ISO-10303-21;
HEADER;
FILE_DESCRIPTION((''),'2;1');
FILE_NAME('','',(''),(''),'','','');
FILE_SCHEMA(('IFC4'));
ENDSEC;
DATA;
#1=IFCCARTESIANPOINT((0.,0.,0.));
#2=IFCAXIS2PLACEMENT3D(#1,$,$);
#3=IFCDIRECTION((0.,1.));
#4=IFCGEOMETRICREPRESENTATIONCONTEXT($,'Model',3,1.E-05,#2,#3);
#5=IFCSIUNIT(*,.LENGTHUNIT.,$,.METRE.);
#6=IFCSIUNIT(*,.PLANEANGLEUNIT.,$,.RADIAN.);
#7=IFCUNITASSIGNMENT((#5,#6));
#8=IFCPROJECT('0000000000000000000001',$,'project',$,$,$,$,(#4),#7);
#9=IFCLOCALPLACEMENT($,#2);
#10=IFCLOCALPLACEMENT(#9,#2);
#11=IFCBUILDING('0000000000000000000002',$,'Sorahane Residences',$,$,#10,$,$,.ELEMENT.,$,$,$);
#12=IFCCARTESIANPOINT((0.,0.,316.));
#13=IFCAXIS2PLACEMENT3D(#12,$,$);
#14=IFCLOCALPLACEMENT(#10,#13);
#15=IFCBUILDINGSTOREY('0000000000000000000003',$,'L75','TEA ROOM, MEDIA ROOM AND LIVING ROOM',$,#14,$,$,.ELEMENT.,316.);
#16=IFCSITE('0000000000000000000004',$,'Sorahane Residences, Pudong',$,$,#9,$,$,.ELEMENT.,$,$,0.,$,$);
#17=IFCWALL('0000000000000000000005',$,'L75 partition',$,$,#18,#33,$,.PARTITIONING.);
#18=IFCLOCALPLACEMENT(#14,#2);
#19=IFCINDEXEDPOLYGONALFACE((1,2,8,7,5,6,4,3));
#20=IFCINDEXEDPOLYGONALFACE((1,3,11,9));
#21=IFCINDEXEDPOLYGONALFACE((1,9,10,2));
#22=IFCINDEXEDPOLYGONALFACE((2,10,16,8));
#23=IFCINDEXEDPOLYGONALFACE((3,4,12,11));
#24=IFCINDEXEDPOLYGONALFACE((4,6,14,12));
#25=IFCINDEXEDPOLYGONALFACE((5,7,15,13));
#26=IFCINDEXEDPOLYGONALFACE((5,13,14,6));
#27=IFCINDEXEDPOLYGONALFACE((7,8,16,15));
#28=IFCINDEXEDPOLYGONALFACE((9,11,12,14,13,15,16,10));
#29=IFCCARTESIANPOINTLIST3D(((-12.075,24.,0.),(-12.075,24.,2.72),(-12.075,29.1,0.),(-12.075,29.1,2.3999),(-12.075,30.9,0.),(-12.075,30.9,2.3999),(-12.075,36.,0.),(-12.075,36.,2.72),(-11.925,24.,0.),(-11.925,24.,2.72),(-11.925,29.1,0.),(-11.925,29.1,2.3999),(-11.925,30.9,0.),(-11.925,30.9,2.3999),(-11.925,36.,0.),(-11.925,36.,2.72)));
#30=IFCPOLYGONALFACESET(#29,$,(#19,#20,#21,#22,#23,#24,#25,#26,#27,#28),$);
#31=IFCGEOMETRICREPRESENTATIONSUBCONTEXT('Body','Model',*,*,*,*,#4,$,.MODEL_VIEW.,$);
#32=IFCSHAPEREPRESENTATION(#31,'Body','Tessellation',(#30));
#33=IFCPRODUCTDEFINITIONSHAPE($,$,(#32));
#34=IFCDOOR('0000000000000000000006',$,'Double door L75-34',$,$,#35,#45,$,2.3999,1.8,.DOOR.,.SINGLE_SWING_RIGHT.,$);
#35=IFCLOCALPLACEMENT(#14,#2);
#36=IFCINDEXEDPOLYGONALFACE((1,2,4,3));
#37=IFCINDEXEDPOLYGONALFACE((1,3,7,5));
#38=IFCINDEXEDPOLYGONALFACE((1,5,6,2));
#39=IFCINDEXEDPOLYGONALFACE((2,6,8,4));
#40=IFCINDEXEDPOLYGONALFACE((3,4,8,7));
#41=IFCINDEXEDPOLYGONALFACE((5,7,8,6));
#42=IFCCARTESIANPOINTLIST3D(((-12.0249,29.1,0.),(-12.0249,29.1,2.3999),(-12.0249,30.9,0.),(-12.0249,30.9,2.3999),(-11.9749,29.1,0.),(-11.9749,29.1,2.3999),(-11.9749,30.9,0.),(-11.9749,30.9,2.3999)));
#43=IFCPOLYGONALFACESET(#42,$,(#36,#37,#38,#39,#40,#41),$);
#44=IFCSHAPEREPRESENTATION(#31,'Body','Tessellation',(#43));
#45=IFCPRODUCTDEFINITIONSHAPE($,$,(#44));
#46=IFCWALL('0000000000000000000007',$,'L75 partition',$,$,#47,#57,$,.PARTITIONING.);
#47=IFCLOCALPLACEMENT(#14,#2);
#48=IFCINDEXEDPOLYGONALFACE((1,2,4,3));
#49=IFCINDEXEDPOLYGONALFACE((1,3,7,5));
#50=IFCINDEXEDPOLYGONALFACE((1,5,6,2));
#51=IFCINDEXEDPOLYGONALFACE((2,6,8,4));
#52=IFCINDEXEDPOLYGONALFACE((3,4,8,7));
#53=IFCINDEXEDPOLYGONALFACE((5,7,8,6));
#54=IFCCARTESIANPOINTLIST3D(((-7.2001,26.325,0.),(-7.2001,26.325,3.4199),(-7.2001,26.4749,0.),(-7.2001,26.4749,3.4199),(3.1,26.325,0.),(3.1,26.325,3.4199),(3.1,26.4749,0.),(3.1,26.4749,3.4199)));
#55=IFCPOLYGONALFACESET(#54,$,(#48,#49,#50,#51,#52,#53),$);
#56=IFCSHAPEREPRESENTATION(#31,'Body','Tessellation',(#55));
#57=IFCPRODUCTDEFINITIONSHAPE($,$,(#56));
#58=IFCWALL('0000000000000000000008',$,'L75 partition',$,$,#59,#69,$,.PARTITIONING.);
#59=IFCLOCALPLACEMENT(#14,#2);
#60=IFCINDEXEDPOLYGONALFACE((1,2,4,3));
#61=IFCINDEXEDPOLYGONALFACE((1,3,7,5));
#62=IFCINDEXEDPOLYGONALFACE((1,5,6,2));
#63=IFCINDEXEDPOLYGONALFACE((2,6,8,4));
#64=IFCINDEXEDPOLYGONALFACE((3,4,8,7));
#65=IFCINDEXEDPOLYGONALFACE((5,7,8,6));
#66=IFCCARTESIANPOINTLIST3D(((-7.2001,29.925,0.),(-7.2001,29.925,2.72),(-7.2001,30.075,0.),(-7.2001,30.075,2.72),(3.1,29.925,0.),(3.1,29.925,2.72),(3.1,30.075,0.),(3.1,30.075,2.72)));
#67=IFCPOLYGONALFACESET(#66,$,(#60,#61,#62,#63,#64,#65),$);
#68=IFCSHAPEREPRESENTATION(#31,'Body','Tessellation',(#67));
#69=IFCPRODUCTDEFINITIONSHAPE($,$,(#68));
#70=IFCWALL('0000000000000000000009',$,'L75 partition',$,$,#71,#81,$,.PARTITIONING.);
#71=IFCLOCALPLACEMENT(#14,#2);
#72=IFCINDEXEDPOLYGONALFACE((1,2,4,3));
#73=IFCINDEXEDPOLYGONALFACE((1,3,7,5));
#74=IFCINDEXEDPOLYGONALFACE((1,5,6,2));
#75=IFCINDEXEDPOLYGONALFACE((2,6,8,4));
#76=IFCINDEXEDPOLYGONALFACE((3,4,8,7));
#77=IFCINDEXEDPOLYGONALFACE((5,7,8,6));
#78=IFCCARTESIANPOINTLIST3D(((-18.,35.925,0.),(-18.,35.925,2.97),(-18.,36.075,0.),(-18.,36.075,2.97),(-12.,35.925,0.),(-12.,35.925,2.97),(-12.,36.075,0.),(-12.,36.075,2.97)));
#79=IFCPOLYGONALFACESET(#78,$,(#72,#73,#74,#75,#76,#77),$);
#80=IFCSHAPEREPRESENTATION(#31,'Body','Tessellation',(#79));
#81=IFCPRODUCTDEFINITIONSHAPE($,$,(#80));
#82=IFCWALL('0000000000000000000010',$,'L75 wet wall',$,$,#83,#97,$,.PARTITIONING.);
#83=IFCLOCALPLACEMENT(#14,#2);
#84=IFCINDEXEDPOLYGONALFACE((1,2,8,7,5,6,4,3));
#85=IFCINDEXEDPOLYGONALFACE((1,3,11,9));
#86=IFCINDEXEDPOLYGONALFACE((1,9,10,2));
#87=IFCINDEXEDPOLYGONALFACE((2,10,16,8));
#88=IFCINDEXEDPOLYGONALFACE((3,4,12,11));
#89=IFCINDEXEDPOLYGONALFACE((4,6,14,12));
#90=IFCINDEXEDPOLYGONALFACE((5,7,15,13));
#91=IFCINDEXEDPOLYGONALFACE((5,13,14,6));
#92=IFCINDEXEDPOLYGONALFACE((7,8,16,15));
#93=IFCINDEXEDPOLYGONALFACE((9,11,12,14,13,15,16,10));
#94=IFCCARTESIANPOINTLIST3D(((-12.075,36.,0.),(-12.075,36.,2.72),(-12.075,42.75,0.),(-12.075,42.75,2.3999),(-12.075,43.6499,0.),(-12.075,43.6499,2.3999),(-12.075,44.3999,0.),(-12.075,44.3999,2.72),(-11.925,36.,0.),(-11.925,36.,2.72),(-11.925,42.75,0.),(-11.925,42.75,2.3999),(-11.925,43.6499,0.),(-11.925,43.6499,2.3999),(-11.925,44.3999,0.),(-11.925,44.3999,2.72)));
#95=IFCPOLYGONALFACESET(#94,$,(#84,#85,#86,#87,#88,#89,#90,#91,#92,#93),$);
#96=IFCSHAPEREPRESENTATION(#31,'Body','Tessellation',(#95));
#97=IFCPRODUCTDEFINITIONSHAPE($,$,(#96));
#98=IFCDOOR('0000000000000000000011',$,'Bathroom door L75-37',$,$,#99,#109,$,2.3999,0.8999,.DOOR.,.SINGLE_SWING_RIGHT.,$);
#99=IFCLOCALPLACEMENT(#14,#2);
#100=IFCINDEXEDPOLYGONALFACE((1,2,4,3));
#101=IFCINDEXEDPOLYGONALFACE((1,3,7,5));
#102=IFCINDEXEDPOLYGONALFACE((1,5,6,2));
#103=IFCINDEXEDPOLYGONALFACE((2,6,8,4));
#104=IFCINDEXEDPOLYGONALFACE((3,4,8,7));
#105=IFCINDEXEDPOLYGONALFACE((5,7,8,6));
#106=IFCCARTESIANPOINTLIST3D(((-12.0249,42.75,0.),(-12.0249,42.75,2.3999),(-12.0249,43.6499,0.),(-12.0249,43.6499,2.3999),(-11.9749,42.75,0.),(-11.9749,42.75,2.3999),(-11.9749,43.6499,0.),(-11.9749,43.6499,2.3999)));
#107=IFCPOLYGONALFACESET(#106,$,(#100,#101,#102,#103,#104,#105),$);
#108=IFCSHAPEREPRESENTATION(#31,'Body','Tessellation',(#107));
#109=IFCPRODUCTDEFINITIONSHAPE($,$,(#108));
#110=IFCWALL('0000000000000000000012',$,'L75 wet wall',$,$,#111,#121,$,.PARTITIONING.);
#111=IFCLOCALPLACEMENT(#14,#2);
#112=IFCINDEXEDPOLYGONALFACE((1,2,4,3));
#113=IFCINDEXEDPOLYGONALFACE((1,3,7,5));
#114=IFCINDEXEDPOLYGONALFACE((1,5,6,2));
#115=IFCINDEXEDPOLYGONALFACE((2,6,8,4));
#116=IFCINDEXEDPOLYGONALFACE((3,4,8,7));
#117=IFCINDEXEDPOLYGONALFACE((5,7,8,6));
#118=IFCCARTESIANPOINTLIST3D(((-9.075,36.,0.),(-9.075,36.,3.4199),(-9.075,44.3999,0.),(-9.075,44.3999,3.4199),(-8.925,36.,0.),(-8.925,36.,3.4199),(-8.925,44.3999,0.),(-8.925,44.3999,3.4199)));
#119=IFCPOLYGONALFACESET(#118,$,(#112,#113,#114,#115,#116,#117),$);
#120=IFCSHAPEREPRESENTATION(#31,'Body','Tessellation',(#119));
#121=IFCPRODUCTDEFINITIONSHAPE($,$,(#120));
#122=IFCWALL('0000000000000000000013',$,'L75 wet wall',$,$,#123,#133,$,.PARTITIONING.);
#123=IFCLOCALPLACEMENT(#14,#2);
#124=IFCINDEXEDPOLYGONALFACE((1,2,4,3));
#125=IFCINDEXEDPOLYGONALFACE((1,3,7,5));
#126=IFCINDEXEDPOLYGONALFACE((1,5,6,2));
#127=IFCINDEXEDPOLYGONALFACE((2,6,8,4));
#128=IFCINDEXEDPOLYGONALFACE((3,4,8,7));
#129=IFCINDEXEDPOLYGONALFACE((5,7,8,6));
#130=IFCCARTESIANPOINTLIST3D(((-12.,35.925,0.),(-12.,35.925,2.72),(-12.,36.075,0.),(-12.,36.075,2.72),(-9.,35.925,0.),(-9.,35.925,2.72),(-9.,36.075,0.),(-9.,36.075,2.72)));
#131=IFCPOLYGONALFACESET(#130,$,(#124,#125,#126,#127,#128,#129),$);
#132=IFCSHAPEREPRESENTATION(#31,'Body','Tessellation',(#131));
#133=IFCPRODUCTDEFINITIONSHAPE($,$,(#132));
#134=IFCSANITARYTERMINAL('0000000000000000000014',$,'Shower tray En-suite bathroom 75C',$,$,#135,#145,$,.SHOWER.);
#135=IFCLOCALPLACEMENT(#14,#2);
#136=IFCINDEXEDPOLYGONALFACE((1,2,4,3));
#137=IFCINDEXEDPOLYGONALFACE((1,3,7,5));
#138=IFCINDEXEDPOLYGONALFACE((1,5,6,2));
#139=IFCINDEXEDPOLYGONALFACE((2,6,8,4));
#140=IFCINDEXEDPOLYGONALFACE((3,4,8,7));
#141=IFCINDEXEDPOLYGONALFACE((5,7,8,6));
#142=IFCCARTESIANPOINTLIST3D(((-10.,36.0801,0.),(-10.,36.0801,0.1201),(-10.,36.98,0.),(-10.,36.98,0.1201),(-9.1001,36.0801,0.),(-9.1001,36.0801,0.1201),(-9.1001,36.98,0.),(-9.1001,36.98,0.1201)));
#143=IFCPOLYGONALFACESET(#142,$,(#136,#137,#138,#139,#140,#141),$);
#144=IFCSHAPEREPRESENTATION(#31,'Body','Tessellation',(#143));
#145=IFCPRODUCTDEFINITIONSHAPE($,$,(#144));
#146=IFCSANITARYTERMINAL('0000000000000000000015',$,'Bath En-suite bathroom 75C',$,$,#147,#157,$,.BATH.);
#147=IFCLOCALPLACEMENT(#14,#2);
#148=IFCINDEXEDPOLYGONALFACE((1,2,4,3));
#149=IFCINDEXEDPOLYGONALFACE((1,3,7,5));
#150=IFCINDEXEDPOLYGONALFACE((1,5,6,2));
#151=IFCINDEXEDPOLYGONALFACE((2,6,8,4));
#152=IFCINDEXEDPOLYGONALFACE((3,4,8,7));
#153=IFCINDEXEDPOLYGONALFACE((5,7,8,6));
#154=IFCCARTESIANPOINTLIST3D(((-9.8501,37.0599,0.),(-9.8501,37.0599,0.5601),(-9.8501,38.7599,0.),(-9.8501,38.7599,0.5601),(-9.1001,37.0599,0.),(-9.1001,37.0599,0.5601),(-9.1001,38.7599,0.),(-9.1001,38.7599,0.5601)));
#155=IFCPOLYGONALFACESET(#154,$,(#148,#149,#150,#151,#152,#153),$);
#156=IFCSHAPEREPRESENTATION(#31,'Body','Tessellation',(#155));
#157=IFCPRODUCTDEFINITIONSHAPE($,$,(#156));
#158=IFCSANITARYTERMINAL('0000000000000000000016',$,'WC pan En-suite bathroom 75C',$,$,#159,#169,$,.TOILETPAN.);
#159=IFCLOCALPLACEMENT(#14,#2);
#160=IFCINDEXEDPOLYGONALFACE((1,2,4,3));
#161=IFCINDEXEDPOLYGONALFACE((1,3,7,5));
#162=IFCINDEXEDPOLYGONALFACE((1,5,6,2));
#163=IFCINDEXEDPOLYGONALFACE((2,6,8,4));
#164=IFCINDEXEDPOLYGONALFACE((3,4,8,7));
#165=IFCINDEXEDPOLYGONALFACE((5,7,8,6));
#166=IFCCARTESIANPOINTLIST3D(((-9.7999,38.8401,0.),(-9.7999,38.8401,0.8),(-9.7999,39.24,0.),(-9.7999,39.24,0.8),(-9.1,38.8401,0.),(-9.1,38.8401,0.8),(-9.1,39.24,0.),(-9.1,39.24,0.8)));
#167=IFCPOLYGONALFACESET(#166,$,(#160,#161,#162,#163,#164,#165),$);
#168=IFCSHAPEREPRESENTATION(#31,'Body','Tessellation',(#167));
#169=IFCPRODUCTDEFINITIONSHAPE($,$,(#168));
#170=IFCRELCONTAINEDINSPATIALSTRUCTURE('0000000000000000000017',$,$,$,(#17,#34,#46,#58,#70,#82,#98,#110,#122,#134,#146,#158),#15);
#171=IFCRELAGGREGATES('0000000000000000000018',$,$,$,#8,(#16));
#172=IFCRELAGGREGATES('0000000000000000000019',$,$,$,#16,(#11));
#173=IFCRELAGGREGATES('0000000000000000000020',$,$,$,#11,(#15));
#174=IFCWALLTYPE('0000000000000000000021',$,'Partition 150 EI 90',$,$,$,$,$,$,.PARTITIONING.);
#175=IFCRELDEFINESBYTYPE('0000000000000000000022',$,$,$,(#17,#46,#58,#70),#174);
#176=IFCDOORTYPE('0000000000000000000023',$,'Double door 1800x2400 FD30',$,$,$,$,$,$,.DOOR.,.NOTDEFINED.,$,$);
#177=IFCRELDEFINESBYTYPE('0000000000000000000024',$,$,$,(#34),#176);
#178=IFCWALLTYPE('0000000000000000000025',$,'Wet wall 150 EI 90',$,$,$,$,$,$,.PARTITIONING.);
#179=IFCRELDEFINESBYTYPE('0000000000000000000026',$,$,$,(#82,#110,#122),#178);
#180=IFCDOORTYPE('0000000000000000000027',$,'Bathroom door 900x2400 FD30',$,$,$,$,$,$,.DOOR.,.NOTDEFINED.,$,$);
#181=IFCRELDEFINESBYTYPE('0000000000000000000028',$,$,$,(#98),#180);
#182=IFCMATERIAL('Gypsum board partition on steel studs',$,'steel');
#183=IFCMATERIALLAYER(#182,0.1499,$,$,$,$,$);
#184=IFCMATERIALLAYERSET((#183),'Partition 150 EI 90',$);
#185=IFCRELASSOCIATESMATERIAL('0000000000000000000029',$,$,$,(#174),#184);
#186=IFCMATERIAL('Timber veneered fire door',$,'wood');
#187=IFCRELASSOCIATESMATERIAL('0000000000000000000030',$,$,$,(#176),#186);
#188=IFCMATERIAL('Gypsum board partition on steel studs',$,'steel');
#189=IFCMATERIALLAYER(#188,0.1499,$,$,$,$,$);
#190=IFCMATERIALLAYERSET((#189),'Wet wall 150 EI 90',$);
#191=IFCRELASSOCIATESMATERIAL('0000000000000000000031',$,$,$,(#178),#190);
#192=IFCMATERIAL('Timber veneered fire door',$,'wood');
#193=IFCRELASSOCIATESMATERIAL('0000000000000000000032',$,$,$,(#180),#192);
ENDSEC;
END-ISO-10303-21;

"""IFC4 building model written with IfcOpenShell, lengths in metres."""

from ifc_helpers import new_model, si_unit, direction, frame, frame_2d, origin, origin_2d, place, context, subcontext, project, spatial, rectangle, extrude, material, layer, layer_set, type_object, element, fill, save


model = new_model("IFC4")

# Units and contexts
model_context = context("Model", 3, precision=1e-05, world=origin(), true_north=direction((0.0, 1.0)))
body_context = subcontext(model_context, "Body", "Model", "MODEL_VIEW")
ifc_project = project(units=[si_unit("LENGTHUNIT", "METRE"), si_unit("PLANEANGLEUNIT", "RADIAN")], contexts=[model_context])

# Site, building, storey
site_placement = place(None, origin())
site = spatial("IfcSite", under=ifc_project, at=site_placement, Name="Sorahane Residences, Pudong", CompositionType="ELEMENT", RefElevation=0.0)
building_placement = place(site_placement, origin())
building = spatial("IfcBuilding", under=site, at=building_placement, Name="Sorahane Residences", CompositionType="ELEMENT")
storey_placement = place(building_placement, frame((0.0, 0.0, 316.0)))
storey = spatial("IfcBuildingStorey", under=building, at=storey_placement, Name="L75", Description="TEA ROOM, MEDIA ROOM AND LIVING ROOM", CompositionType="ELEMENT", Elevation=316.0)

# Wall, opening, door
ifc_material_1 = material(Name="Gypsum board partition on steel studs", Category="steel")
ifc_layer_1 = layer(ifc_material_1, 0.1499)
ifc_layer_set_1 = layer_set([ifc_layer_1], Name="Partition 150 EI 90")
wall_type_1 = type_object("IfcWallType", Name="Partition 150 EI 90", PredefinedType="PARTITIONING", material=ifc_layer_set_1)
wall_1_placement = place(storey_placement, frame((-12.0, 24.0, 0.0), z_axis=(0.0, 0.0, 1.0), x_axis=(0.0, 1.0, 0.0)))
wall_1 = element("IfcWall", 1, at=wall_1_placement, inside=storey, type_object=wall_type_1, Name="L75 partition", PredefinedType="PARTITIONING", context=body_context, shape_type="SweptSolid", body=[
    extrude(rectangle(XDim=12.0, YDim=0.1499, at=frame_2d((6.0, 0.0))), origin(), (0.0, 0.0, 1.0), 2.72),
])
opening_1_placement = place(wall_1_placement, frame((5.1001, 0.0, 0.0)))
opening_1 = element("IfcOpeningElement", 2, at=opening_1_placement, cuts=wall_1, PredefinedType="OPENING", context=body_context, shape_type="SweptSolid", body=[
    extrude(rectangle(XDim=1.8, YDim=2.3999, at=frame_2d((0.8999, 1.2))), frame((0.0, 0.085, 0.0), z_axis=(0.0, -1.0, 0.0), x_axis=(1.0, 0.0, 0.0)), (0.0, 0.0, 1.0), 0.1699),
])
ifc_material_2 = material(Name="Timber veneered fire door", Category="wood")
door_type_1 = type_object("IfcDoorType", Name="Double door 1800x2400 FD30", OperationType="NOTDEFINED", PredefinedType="DOOR", material=ifc_material_2)
door_1_placement = place(opening_1_placement, origin())
door_1 = element("IfcDoor", 3, at=door_1_placement, inside=storey, type_object=door_type_1, Name="Double door L75-34", OperationType="SINGLE_SWING_RIGHT", OverallHeight=2.3999, OverallWidth=1.8, PredefinedType="DOOR", context=body_context, shape_type="SweptSolid", body=[
    extrude(rectangle(XDim=1.8, YDim=2.3999, at=frame_2d((0.8999, 1.2))), frame((0.0, 0.0249, 0.0), z_axis=(0.0, -1.0, 0.0), x_axis=(1.0, 0.0, 0.0)), (0.0, 0.0, 1.0), 0.05),
])
fill(opening_1, door_1)

# Walls
wall_2_placement = place(storey_placement, frame((-7.2, 26.3999, 0.0), z_axis=(0.0, 0.0, 1.0), x_axis=(1.0, 0.0, 0.0)))
element("IfcWall", 4, at=wall_2_placement, inside=storey, type_object=wall_type_1, Name="L75 partition", PredefinedType="PARTITIONING", context=body_context, shape_type="SweptSolid", body=[
    extrude(rectangle(XDim=10.3, YDim=0.1499, at=frame_2d((5.1499, 0.0))), origin(), (0.0, 0.0, 1.0), 3.4199),
])
wall_3_placement = place(storey_placement, frame((-7.2, 30.0, 0.0), z_axis=(0.0, 0.0, 1.0), x_axis=(1.0, 0.0, 0.0)))
element("IfcWall", 5, at=wall_3_placement, inside=storey, type_object=wall_type_1, Name="L75 partition", PredefinedType="PARTITIONING", context=body_context, shape_type="SweptSolid", body=[
    extrude(rectangle(XDim=10.3, YDim=0.1499, at=frame_2d((5.1499, 0.0))), origin(), (0.0, 0.0, 1.0), 2.72),
])
wall_4_placement = place(storey_placement, frame((-18.0, 36.0, 0.0), z_axis=(0.0, 0.0, 1.0), x_axis=(1.0, 0.0, 0.0)))
element("IfcWall", 6, at=wall_4_placement, inside=storey, type_object=wall_type_1, Name="L75 partition", PredefinedType="PARTITIONING", context=body_context, shape_type="SweptSolid", body=[
    extrude(rectangle(XDim=6.0, YDim=0.1499, at=frame_2d((3.0, 0.0))), origin(), (0.0, 0.0, 1.0), 2.97),
])

# Wall, opening, door
ifc_material_3 = material(Name="Gypsum board partition on steel studs", Category="steel")
ifc_layer_2 = layer(ifc_material_3, 0.1499)
ifc_layer_set_2 = layer_set([ifc_layer_2], Name="Wet wall 150 EI 90")
wall_type_2 = type_object("IfcWallType", Name="Wet wall 150 EI 90", PredefinedType="PARTITIONING", material=ifc_layer_set_2)
wall_5_placement = place(storey_placement, frame((-12.0, 36.0, 0.0), z_axis=(0.0, 0.0, 1.0), x_axis=(0.0, 1.0, 0.0)))
wall_5 = element("IfcWall", 7, at=wall_5_placement, inside=storey, type_object=wall_type_2, Name="L75 wet wall", PredefinedType="PARTITIONING", context=body_context, shape_type="SweptSolid", body=[
    extrude(rectangle(XDim=8.3999, YDim=0.1499, at=frame_2d((4.2, 0.0))), origin(), (0.0, 0.0, 1.0), 2.72),
])
opening_2_placement = place(wall_5_placement, frame((6.75, 0.0, 0.0)))
opening_2 = element("IfcOpeningElement", 8, at=opening_2_placement, cuts=wall_5, PredefinedType="OPENING", context=body_context, shape_type="SweptSolid", body=[
    extrude(rectangle(XDim=0.8999, YDim=2.3999, at=frame_2d((0.45, 1.2))), frame((0.0, 0.085, 0.0), z_axis=(0.0, -1.0, 0.0), x_axis=(1.0, 0.0, 0.0)), (0.0, 0.0, 1.0), 0.1699),
])
ifc_material_4 = material(Name="Timber veneered fire door", Category="wood")
door_type_2 = type_object("IfcDoorType", Name="Bathroom door 900x2400 FD30", OperationType="NOTDEFINED", PredefinedType="DOOR", material=ifc_material_4)
door_2_placement = place(opening_2_placement, origin())
door_2 = element("IfcDoor", 9, at=door_2_placement, inside=storey, type_object=door_type_2, Name="Bathroom door L75-37", OperationType="SINGLE_SWING_RIGHT", OverallHeight=2.3999, OverallWidth=0.8999, PredefinedType="DOOR", context=body_context, shape_type="SweptSolid", body=[
    extrude(rectangle(XDim=0.8999, YDim=2.3999, at=frame_2d((0.45, 1.2))), frame((0.0, 0.0249, 0.0), z_axis=(0.0, -1.0, 0.0), x_axis=(1.0, 0.0, 0.0)), (0.0, 0.0, 1.0), 0.05),
])
fill(opening_2, door_2)

# Walls
wall_6_placement = place(storey_placement, frame((-9.0, 36.0, 0.0), z_axis=(0.0, 0.0, 1.0), x_axis=(0.0, 1.0, 0.0)))
element("IfcWall", 10, at=wall_6_placement, inside=storey, type_object=wall_type_2, Name="L75 wet wall", PredefinedType="PARTITIONING", context=body_context, shape_type="SweptSolid", body=[
    extrude(rectangle(XDim=8.3999, YDim=0.1499, at=frame_2d((4.2, 0.0))), origin(), (0.0, 0.0, 1.0), 3.4199),
])
wall_7_placement = place(storey_placement, frame((-12.0, 36.0, 0.0), z_axis=(0.0, 0.0, 1.0), x_axis=(1.0, 0.0, 0.0)))
element("IfcWall", 11, at=wall_7_placement, inside=storey, type_object=wall_type_2, Name="L75 wet wall", PredefinedType="PARTITIONING", context=body_context, shape_type="SweptSolid", body=[
    extrude(rectangle(XDim=3.0, YDim=0.1499, at=frame_2d((1.5, 0.0))), origin(), (0.0, 0.0, 1.0), 2.72),
])

# Sanitary terminals
sanitary_terminal_1_placement = place(storey_placement, frame((-9.55, 36.53, 0.0), z_axis=(0.0, 0.0, 1.0), x_axis=(0.0, -1.0, 0.0)))
element("IfcSanitaryTerminal", 12, at=sanitary_terminal_1_placement, inside=storey, Name="Shower tray En-suite bathroom 75C", PredefinedType="SHOWER", context=body_context, shape_type="SweptSolid", body=[
    extrude(rectangle(XDim=0.8999, YDim=0.8999, at=origin_2d()), origin(), (0.0, 0.0, 1.0), 0.1201),
])
sanitary_terminal_2_placement = place(storey_placement, frame((-9.4751, 37.9099, 0.0), z_axis=(0.0, 0.0, 1.0), x_axis=(0.0, -1.0, 0.0)))
element("IfcSanitaryTerminal", 13, at=sanitary_terminal_2_placement, inside=storey, Name="Bath En-suite bathroom 75C", PredefinedType="BATH", context=body_context, shape_type="SweptSolid", body=[
    extrude(rectangle(XDim=1.7, YDim=0.75, at=origin_2d()), origin(), (0.0, 0.0, 1.0), 0.5601),
])
sanitary_terminal_3_placement = place(storey_placement, frame((-9.45, 39.04, 0.0), z_axis=(0.0, 0.0, 1.0), x_axis=(0.0, -1.0, 0.0)))
element("IfcSanitaryTerminal", 14, at=sanitary_terminal_3_placement, inside=storey, Name="WC pan En-suite bathroom 75C", PredefinedType="TOILETPAN", context=body_context, shape_type="SweptSolid", body=[
    extrude(rectangle(XDim=0.3999, YDim=0.7, at=origin_2d()), origin(), (0.0, 0.0, 1.0), 0.8),
])

save(model, "model.ifc")
